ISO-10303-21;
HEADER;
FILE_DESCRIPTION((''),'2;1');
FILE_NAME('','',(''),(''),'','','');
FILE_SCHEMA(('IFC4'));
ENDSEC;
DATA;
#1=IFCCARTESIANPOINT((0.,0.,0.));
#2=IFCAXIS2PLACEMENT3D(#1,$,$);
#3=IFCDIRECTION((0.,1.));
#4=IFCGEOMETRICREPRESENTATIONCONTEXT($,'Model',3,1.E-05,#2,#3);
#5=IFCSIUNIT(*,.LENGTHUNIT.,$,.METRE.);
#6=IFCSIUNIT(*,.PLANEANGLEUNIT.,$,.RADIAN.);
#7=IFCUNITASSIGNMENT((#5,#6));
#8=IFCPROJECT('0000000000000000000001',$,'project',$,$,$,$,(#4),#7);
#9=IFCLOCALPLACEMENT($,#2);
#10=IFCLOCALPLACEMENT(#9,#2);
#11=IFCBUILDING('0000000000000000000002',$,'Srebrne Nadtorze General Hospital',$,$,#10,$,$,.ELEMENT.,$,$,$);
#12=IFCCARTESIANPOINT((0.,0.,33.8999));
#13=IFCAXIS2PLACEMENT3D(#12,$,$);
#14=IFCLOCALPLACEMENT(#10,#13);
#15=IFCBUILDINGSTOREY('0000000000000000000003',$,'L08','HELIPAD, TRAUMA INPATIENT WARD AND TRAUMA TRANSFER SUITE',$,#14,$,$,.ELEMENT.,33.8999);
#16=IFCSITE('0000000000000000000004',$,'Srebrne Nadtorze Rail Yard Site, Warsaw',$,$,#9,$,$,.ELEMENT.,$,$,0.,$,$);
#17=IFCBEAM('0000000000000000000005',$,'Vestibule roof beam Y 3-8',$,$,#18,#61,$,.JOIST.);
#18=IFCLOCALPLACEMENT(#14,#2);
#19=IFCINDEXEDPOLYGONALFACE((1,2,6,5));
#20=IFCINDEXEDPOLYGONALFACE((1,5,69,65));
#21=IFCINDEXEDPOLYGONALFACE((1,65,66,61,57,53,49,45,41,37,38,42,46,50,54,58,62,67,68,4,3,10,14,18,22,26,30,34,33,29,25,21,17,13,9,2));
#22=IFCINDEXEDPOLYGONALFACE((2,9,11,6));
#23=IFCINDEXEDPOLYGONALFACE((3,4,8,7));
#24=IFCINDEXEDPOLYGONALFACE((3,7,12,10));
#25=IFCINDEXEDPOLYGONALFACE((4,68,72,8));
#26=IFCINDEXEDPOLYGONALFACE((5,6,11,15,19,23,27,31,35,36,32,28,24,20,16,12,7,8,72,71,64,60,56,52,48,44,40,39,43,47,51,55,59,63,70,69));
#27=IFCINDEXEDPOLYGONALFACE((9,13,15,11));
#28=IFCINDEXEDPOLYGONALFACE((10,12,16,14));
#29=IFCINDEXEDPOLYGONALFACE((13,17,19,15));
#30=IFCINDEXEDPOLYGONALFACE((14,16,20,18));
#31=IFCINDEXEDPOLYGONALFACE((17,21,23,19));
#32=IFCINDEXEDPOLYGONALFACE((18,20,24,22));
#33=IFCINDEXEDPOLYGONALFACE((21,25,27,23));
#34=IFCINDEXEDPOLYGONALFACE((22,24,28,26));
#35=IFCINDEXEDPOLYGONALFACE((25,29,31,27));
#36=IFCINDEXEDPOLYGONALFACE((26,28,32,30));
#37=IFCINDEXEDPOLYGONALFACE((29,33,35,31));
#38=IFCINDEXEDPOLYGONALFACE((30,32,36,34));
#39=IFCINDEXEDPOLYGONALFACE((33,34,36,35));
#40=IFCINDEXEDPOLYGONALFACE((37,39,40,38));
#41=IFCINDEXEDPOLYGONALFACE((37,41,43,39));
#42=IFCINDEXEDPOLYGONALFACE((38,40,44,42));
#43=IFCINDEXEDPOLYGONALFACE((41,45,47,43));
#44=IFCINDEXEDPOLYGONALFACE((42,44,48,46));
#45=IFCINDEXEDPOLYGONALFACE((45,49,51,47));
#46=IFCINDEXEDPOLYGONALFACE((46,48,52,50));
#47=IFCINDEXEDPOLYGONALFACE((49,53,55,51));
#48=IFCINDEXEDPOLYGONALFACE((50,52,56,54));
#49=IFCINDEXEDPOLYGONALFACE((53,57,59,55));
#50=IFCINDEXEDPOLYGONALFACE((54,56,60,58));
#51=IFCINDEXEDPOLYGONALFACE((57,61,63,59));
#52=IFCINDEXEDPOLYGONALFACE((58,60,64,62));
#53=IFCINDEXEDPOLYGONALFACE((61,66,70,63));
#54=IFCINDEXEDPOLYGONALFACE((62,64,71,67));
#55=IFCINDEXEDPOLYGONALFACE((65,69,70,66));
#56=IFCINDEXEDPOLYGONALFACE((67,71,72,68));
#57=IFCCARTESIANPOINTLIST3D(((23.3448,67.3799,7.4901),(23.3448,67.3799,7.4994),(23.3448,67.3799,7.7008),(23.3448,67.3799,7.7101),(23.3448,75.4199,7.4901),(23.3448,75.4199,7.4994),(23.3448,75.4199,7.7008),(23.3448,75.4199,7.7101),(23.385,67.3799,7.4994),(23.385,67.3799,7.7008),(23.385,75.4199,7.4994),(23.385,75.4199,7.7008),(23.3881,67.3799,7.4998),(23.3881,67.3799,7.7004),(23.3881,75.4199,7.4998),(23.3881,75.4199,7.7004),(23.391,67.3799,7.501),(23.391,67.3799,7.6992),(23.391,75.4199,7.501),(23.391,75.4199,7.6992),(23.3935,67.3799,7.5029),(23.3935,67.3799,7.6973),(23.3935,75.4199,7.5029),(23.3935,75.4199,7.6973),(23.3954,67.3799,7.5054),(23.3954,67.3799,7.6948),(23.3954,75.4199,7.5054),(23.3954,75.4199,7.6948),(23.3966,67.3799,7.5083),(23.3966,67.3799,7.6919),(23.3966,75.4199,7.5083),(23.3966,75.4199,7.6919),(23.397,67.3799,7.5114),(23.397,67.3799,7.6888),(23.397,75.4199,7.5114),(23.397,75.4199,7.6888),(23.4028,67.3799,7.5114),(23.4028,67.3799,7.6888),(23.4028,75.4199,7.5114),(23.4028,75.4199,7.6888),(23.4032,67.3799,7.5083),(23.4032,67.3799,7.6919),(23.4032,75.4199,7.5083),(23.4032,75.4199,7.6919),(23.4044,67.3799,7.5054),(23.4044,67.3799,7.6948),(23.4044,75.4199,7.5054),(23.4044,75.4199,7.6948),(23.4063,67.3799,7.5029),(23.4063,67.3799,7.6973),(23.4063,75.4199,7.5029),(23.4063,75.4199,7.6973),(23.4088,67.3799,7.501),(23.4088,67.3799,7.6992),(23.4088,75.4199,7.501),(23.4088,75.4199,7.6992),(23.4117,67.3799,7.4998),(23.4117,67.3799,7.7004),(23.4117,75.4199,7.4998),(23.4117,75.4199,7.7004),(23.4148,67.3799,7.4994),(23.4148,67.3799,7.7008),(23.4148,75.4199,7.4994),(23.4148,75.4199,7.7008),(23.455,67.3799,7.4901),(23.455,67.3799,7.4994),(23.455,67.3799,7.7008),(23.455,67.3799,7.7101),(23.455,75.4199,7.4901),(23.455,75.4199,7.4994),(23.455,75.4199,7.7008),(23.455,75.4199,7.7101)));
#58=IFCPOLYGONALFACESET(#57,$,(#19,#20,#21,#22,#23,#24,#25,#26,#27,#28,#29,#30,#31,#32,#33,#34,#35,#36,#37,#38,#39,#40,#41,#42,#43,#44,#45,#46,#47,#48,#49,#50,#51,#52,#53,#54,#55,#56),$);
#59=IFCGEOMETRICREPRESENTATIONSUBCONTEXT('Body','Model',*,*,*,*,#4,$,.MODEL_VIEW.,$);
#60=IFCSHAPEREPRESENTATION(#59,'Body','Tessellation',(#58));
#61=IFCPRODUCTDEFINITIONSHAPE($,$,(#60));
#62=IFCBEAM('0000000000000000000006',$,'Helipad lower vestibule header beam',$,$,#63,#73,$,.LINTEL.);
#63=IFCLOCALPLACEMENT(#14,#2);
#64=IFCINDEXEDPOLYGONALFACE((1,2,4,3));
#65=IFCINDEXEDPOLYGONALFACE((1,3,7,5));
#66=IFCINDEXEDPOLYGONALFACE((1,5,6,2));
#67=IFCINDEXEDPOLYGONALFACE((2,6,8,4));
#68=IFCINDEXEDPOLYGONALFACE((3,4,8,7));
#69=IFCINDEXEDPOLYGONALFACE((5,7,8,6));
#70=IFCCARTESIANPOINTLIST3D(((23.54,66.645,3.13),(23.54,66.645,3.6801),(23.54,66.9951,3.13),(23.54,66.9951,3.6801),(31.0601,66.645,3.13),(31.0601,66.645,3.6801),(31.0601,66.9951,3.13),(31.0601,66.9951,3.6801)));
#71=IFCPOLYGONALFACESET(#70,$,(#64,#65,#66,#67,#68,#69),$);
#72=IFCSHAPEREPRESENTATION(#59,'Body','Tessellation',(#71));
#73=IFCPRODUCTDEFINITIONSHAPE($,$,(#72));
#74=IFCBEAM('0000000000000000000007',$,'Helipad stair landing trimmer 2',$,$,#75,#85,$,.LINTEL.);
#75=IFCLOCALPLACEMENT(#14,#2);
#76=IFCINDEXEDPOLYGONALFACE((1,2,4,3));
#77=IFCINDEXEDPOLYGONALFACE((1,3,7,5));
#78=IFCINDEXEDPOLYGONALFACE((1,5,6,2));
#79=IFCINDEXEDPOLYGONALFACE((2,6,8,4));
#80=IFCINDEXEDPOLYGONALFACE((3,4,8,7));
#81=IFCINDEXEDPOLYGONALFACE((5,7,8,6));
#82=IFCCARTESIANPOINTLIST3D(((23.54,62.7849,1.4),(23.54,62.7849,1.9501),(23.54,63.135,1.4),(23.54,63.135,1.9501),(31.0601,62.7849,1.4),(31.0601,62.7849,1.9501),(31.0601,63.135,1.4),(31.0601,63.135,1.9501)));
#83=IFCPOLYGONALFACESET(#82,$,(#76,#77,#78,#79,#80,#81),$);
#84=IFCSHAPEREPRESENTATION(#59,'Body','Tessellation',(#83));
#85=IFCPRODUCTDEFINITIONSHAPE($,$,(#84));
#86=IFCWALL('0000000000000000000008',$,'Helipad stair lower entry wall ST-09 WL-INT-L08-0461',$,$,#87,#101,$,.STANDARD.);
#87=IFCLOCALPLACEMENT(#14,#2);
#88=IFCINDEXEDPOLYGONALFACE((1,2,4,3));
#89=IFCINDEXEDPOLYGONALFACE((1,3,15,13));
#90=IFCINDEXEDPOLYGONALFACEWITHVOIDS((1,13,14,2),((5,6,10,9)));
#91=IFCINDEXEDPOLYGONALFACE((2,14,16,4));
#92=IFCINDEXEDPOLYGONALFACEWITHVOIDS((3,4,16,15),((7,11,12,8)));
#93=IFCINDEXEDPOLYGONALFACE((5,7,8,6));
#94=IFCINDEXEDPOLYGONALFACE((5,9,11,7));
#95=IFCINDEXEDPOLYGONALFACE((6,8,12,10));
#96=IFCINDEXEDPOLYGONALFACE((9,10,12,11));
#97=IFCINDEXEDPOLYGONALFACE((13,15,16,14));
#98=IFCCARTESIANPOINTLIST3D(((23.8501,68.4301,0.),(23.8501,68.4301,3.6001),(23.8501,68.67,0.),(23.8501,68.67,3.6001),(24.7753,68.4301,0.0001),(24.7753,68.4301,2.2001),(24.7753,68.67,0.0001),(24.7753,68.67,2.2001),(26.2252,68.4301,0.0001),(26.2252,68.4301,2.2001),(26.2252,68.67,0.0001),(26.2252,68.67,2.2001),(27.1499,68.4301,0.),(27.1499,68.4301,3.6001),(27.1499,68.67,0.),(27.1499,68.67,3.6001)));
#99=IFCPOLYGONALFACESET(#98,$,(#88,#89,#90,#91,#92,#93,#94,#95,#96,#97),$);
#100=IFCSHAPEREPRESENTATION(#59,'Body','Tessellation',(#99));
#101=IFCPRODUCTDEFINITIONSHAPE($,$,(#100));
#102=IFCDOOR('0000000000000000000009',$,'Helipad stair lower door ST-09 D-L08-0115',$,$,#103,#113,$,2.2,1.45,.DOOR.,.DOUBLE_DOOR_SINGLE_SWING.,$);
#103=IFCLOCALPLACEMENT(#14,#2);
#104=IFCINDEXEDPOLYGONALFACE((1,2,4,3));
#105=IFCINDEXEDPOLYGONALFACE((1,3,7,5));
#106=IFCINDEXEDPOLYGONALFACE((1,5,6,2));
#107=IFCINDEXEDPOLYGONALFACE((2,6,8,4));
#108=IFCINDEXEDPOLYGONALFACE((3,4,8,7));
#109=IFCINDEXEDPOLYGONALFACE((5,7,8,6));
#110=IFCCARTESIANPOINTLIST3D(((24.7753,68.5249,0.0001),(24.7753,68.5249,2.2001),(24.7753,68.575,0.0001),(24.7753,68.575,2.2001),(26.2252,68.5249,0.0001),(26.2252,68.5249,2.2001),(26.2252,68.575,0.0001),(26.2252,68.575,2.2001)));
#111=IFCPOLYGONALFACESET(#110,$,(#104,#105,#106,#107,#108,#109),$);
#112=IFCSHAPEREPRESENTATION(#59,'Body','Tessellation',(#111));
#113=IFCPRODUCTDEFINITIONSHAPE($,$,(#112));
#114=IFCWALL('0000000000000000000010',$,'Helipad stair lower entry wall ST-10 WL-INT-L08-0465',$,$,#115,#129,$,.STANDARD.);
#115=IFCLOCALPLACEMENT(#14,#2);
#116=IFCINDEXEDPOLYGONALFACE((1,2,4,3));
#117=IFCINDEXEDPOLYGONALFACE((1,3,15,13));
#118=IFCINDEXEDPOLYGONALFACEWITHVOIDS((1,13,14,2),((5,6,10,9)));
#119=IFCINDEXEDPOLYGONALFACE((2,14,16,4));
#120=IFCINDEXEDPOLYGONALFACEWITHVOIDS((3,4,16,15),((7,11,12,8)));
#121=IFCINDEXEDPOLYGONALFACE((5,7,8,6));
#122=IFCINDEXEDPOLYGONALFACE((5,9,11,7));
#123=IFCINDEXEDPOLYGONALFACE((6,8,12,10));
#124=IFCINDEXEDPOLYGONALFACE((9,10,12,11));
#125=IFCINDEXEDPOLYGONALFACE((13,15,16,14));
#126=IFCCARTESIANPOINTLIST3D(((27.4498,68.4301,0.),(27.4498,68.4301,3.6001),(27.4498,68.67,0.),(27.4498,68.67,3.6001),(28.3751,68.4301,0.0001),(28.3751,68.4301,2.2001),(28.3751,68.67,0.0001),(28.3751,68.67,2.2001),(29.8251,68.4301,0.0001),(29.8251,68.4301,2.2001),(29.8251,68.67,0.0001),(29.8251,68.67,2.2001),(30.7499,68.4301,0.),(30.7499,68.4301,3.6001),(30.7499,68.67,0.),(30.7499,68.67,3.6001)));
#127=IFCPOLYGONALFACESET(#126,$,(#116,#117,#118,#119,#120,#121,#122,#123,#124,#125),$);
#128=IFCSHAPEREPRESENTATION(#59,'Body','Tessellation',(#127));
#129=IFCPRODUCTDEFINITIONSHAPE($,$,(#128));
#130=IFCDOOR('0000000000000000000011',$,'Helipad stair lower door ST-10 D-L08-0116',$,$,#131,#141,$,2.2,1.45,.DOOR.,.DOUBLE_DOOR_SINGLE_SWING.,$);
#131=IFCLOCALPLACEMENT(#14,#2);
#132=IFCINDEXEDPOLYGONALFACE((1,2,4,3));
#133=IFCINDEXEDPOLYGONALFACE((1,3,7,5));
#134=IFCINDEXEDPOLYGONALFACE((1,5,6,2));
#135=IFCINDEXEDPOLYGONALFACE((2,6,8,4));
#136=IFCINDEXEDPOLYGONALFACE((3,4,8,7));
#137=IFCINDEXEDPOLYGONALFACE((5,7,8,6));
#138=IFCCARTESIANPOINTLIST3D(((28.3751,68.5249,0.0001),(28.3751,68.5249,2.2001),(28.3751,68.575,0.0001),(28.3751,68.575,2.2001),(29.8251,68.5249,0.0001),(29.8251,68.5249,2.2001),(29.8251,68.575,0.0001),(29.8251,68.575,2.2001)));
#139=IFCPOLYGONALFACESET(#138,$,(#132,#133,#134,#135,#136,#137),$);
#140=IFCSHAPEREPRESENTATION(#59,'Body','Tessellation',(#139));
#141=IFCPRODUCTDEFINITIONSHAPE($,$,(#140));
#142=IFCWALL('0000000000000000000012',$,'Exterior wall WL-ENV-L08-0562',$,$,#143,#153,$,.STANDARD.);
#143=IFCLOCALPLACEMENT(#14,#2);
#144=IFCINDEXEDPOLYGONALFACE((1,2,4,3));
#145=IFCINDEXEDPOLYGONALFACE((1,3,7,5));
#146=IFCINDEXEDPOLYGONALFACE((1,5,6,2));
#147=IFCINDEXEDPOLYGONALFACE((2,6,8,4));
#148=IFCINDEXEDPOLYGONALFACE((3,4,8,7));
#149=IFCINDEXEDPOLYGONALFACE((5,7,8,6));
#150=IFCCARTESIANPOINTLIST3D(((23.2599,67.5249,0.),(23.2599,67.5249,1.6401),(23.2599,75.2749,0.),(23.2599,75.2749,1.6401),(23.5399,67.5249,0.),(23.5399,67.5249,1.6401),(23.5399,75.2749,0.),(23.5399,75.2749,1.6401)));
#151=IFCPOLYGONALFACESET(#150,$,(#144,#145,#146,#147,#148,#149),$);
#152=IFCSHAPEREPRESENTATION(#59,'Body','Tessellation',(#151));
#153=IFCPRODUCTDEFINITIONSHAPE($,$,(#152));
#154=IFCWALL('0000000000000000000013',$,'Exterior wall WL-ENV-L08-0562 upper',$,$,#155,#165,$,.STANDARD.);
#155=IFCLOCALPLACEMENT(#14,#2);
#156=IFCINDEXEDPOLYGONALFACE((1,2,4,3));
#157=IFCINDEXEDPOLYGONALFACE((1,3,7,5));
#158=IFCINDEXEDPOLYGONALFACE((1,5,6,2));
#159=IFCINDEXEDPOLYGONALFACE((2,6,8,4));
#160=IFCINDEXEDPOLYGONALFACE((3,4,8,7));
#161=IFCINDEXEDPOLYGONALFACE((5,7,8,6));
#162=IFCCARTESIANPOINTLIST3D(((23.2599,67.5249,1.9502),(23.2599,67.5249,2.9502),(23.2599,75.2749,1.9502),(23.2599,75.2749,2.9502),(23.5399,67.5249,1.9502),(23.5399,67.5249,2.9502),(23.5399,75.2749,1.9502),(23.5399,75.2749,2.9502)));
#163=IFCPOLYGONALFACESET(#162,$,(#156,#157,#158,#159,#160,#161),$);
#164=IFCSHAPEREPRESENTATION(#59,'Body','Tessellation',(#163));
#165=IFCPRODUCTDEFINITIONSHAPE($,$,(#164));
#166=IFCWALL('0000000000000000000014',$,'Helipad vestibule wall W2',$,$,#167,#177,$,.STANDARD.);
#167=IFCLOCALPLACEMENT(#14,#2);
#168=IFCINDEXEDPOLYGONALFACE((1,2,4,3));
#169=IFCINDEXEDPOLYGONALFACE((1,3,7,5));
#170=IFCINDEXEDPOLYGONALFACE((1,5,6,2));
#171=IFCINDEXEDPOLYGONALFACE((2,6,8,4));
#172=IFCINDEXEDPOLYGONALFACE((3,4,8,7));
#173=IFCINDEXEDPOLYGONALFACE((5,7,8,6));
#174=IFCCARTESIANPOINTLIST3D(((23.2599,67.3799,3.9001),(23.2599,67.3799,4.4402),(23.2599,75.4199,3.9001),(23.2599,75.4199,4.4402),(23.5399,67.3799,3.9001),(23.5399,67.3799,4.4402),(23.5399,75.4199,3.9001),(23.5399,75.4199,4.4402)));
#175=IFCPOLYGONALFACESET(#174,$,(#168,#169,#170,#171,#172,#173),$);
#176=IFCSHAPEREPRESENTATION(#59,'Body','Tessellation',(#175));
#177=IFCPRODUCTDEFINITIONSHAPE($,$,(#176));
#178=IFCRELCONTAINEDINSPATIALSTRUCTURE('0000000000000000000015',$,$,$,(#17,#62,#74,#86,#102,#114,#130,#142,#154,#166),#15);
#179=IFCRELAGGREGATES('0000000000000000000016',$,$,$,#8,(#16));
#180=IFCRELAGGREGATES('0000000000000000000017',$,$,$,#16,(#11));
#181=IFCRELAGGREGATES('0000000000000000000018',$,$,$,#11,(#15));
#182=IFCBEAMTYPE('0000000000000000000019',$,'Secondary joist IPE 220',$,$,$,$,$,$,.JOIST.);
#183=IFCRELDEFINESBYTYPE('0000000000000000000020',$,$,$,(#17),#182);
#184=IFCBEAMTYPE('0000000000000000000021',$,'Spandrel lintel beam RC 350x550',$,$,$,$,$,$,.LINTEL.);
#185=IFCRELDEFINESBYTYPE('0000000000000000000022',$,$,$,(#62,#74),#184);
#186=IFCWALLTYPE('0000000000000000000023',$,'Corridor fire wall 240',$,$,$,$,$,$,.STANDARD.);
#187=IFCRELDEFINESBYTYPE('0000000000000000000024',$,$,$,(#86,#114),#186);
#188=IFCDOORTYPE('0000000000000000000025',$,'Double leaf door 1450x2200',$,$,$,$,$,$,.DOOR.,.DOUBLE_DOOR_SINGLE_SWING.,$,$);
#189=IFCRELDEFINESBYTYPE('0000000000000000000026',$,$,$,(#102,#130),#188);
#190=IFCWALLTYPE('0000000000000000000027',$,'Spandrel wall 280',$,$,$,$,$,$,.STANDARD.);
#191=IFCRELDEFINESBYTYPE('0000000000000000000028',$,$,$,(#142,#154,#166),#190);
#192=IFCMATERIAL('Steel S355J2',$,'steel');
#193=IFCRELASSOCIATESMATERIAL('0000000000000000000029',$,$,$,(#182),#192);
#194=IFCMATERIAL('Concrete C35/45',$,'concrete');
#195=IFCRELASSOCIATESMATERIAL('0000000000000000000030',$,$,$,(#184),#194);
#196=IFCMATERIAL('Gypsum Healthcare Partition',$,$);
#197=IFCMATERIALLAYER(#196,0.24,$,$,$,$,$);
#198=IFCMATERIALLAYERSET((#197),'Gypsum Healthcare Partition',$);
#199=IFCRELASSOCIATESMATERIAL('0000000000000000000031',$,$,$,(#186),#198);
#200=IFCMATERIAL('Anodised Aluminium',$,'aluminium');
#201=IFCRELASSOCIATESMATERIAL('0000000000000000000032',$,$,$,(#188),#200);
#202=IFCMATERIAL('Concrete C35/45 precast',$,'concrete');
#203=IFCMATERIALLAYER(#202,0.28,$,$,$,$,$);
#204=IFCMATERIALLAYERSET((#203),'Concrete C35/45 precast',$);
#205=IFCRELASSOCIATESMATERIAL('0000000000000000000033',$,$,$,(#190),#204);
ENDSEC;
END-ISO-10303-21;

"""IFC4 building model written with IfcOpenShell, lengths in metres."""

from ifc_helpers import new_model, si_unit, direction, frame, frame_2d, origin, origin_2d, place, context, subcontext, project, spatial, rectangle, i_section, extrude, material, layer, layer_set, material_profile, profile_set, type_object, element, fill, save


model = new_model("IFC4")

# Units and contexts
model_context = context("Model", 3, precision=1e-05, world=origin(), true_north=direction((0.0, 1.0)))
body_context = subcontext(model_context, "Body", "Model", "MODEL_VIEW")
ifc_project = project(units=[si_unit("LENGTHUNIT", "METRE"), si_unit("PLANEANGLEUNIT", "RADIAN")], contexts=[model_context])

# Site, building, storey
site_placement = place(None, origin())
site = spatial("IfcSite", under=ifc_project, at=site_placement, Name="Srebrne Nadtorze Rail Yard Site, Warsaw", CompositionType="ELEMENT", RefElevation=0.0)
building_placement = place(site_placement, origin())
building = spatial("IfcBuilding", under=site, at=building_placement, Name="Srebrne Nadtorze General Hospital", CompositionType="ELEMENT")
storey_placement = place(building_placement, frame((0.0, 0.0, 33.8999)))
storey = spatial("IfcBuildingStorey", under=building, at=storey_placement, Name="L08", Description="HELIPAD, TRAUMA INPATIENT WARD AND TRAUMA TRANSFER SUITE", CompositionType="ELEMENT", Elevation=33.8999)

# Beams
ifc_material_1 = material(Name="Steel S355J2", Category="steel")
ifc_material_profile_1 = material_profile(ifc_material_1, i_section(OverallWidth=0.1101, OverallDepth=0.22, WebThickness=0.0059, FlangeThickness=0.0093, FilletRadius=0.012, at=origin_2d()), Name="IPE-220")
ifc_profile_set_1 = profile_set([ifc_material_profile_1], Name="Steel S355J2")
beam_type_1 = type_object("IfcBeamType", Name="Secondary joist IPE 220", PredefinedType="JOIST", material=ifc_profile_set_1)
beam_1_placement = place(storey_placement, frame((23.3999, 67.3799, 7.6001), z_axis=(0.0, 1.0, 0.0), x_axis=(-1.0, 0.0, 0.0)))
element("IfcBeam", 1, at=beam_1_placement, inside=storey, type_object=beam_type_1, Name="Vestibule roof beam Y 3-8", PredefinedType="JOIST", context=body_context, shape_type="SweptSolid", body=[
    extrude(i_section(OverallWidth=0.1101, OverallDepth=0.22, WebThickness=0.0059, FlangeThickness=0.0093, FilletRadius=0.012, at=origin_2d()), origin(), (0.0, 0.0, 1.0), 8.04),
])
ifc_material_2 = material(Name="Concrete C35/45", Category="concrete")
ifc_material_profile_2 = material_profile(ifc_material_2, rectangle(XDim=0.3501, YDim=0.55, at=origin_2d()), Name="RC-BM-350x550")
ifc_profile_set_2 = profile_set([ifc_material_profile_2], Name="Concrete C35/45")
beam_type_2 = type_object("IfcBeamType", Name="Spandrel lintel beam RC 350x550", PredefinedType="LINTEL", material=ifc_profile_set_2)
for number, where, z_axis, x_axis, name in (
    (2, (23.54, 66.8201, 3.405), (1.0, 0.0, 0.0), (0.0, 1.0, 0.0), "Helipad lower vestibule header beam"),
    (3, (23.54, 62.96, 1.675), (1.0, 0.0, 0.0), (0.0, 1.0, 0.0), "Helipad stair landing trimmer 2"),
):
    element("IfcBeam", number, at=place(storey_placement, frame(where, z_axis=z_axis, x_axis=x_axis)), inside=storey, type_object=beam_type_2, Name=name, PredefinedType="LINTEL", context=body_context, shape_type="SweptSolid", body=[
        extrude(rectangle(XDim=0.3501, YDim=0.55, at=origin_2d()), origin(), (0.0, 0.0, 1.0), 7.52),
    ])

# Walls, openings, doors
ifc_material_3 = material(Name="Gypsum Healthcare Partition")
ifc_layer_1 = layer(ifc_material_3, 0.24)
ifc_layer_set_1 = layer_set([ifc_layer_1], Name="Gypsum Healthcare Partition")
wall_type_1 = type_object("IfcWallType", Name="Corridor fire wall 240", PredefinedType="STANDARD", material=ifc_layer_set_1)
wall_1_placement = place(storey_placement, frame((23.8501, 68.55, 0.0), z_axis=(0.0, 0.0, 1.0), x_axis=(1.0, 0.0, 0.0)))
wall_1 = element("IfcWall", 4, at=wall_1_placement, inside=storey, type_object=wall_type_1, Name="Helipad stair lower entry wall ST-09 WL-INT-L08-0461", PredefinedType="STANDARD", context=body_context, shape_type="SweptSolid", body=[
    extrude(rectangle(XDim=3.2998, YDim=0.24, at=frame_2d((1.6499, 0.0))), origin(), (0.0, 0.0, 1.0), 3.6001),
])
opening_1_placement = place(wall_1_placement, frame((0.925, 0.0, 0.0)))
opening_1 = element("IfcOpeningElement", 5, at=opening_1_placement, cuts=wall_1, PredefinedType="OPENING", context=body_context, shape_type="SweptSolid", body=[
    extrude(rectangle(XDim=1.45, YDim=2.2, at=frame_2d((0.7251, 1.1001))), frame((0.0, 0.1318, 0.0), z_axis=(0.0, -1.0, 0.0), x_axis=(1.0, 0.0, 0.0)), (0.0, 0.0, 1.0), 0.2639),
])
ifc_material_4 = material(Name="Anodised Aluminium", Category="aluminium")
door_type = type_object("IfcDoorType", Name="Double leaf door 1450x2200", OperationType="DOUBLE_DOOR_SINGLE_SWING", PredefinedType="DOOR", material=ifc_material_4)
door_1_placement = place(opening_1_placement, origin())
door_1 = element("IfcDoor", 6, at=door_1_placement, inside=storey, type_object=door_type, Name="Helipad stair lower door ST-09 D-L08-0115", OperationType="DOUBLE_DOOR_SINGLE_SWING", OverallHeight=2.2, OverallWidth=1.45, PredefinedType="DOOR", context=body_context, shape_type="SweptSolid", body=[
    extrude(rectangle(XDim=1.45, YDim=2.2, at=frame_2d((0.7251, 1.1001))), frame((0.0, 0.0249, 0.0), z_axis=(0.0, -1.0, 0.0), x_axis=(1.0, 0.0, 0.0)), (0.0, 0.0, 1.0), 0.05),
])
fill(opening_1, door_1)
wall_2_placement = place(storey_placement, frame((27.45, 68.55, 0.0), z_axis=(0.0, 0.0, 1.0), x_axis=(1.0, 0.0, 0.0)))
wall_2 = element("IfcWall", 7, at=wall_2_placement, inside=storey, type_object=wall_type_1, Name="Helipad stair lower entry wall ST-10 WL-INT-L08-0465", PredefinedType="STANDARD", context=body_context, shape_type="SweptSolid", body=[
    extrude(rectangle(XDim=3.3, YDim=0.24, at=frame_2d((1.6499, 0.0))), origin(), (0.0, 0.0, 1.0), 3.6001),
])
opening_2_placement = place(wall_2_placement, frame((0.925, 0.0, 0.0)))
opening_2 = element("IfcOpeningElement", 8, at=opening_2_placement, cuts=wall_2, PredefinedType="OPENING", context=body_context, shape_type="SweptSolid", body=[
    extrude(rectangle(XDim=1.45, YDim=2.2, at=frame_2d((0.7251, 1.1001))), frame((0.0, 0.1318, 0.0), z_axis=(0.0, -1.0, 0.0), x_axis=(1.0, 0.0, 0.0)), (0.0, 0.0, 1.0), 0.2639),
])
door_2_placement = place(opening_2_placement, origin())
door_2 = element("IfcDoor", 9, at=door_2_placement, inside=storey, type_object=door_type, Name="Helipad stair lower door ST-10 D-L08-0116", OperationType="DOUBLE_DOOR_SINGLE_SWING", OverallHeight=2.2, OverallWidth=1.45, PredefinedType="DOOR", context=body_context, shape_type="SweptSolid", body=[
    extrude(rectangle(XDim=1.45, YDim=2.2, at=frame_2d((0.7251, 1.1001))), frame((0.0, 0.0249, 0.0), z_axis=(0.0, -1.0, 0.0), x_axis=(1.0, 0.0, 0.0)), (0.0, 0.0, 1.0), 0.05),
])
fill(opening_2, door_2)

# Walls
ifc_material_5 = material(Name="Concrete C35/45 precast", Category="concrete")
ifc_layer_2 = layer(ifc_material_5, 0.28)
ifc_layer_set_2 = layer_set([ifc_layer_2], Name="Concrete C35/45 precast")
wall_type_2 = type_object("IfcWallType", Name="Spandrel wall 280", PredefinedType="STANDARD", material=ifc_layer_set_2)
wall_3_placement = place(storey_placement, frame((23.3999, 67.5249, 0.0), z_axis=(0.0, 0.0, 1.0), x_axis=(0.0, 1.0, 0.0)))
element("IfcWall", 10, at=wall_3_placement, inside=storey, type_object=wall_type_2, Name="Exterior wall WL-ENV-L08-0562", PredefinedType="STANDARD", context=body_context, shape_type="SweptSolid", body=[
    extrude(rectangle(XDim=7.75, YDim=0.28, at=frame_2d((3.875, 0.0))), origin(), (0.0, 0.0, 1.0), 1.6401),
])
wall_4_placement = place(storey_placement, frame((23.3999, 67.5249, 1.9502), z_axis=(0.0, 0.0, 1.0), x_axis=(0.0, 1.0, 0.0)))
element("IfcWall", 11, at=wall_4_placement, inside=storey, type_object=wall_type_2, Name="Exterior wall WL-ENV-L08-0562 upper", PredefinedType="STANDARD", context=body_context, shape_type="SweptSolid", body=[
    extrude(rectangle(XDim=7.75, YDim=0.28, at=frame_2d((3.875, 0.0))), origin(), (0.0, 0.0, 1.0), 1.0),
])
wall_5_placement = place(storey_placement, frame((23.3999, 67.3799, 3.9001), z_axis=(0.0, 0.0, 1.0), x_axis=(0.0, 1.0, 0.0)))
element("IfcWall", 12, at=wall_5_placement, inside=storey, type_object=wall_type_2, Name="Helipad vestibule wall W2", PredefinedType="STANDARD", context=body_context, shape_type="SweptSolid", body=[
    extrude(rectangle(XDim=8.04, YDim=0.28, at=frame_2d((4.02, 0.0))), origin(), (0.0, 0.0, 1.0), 0.54),
])

save(model, "model.ifc")
